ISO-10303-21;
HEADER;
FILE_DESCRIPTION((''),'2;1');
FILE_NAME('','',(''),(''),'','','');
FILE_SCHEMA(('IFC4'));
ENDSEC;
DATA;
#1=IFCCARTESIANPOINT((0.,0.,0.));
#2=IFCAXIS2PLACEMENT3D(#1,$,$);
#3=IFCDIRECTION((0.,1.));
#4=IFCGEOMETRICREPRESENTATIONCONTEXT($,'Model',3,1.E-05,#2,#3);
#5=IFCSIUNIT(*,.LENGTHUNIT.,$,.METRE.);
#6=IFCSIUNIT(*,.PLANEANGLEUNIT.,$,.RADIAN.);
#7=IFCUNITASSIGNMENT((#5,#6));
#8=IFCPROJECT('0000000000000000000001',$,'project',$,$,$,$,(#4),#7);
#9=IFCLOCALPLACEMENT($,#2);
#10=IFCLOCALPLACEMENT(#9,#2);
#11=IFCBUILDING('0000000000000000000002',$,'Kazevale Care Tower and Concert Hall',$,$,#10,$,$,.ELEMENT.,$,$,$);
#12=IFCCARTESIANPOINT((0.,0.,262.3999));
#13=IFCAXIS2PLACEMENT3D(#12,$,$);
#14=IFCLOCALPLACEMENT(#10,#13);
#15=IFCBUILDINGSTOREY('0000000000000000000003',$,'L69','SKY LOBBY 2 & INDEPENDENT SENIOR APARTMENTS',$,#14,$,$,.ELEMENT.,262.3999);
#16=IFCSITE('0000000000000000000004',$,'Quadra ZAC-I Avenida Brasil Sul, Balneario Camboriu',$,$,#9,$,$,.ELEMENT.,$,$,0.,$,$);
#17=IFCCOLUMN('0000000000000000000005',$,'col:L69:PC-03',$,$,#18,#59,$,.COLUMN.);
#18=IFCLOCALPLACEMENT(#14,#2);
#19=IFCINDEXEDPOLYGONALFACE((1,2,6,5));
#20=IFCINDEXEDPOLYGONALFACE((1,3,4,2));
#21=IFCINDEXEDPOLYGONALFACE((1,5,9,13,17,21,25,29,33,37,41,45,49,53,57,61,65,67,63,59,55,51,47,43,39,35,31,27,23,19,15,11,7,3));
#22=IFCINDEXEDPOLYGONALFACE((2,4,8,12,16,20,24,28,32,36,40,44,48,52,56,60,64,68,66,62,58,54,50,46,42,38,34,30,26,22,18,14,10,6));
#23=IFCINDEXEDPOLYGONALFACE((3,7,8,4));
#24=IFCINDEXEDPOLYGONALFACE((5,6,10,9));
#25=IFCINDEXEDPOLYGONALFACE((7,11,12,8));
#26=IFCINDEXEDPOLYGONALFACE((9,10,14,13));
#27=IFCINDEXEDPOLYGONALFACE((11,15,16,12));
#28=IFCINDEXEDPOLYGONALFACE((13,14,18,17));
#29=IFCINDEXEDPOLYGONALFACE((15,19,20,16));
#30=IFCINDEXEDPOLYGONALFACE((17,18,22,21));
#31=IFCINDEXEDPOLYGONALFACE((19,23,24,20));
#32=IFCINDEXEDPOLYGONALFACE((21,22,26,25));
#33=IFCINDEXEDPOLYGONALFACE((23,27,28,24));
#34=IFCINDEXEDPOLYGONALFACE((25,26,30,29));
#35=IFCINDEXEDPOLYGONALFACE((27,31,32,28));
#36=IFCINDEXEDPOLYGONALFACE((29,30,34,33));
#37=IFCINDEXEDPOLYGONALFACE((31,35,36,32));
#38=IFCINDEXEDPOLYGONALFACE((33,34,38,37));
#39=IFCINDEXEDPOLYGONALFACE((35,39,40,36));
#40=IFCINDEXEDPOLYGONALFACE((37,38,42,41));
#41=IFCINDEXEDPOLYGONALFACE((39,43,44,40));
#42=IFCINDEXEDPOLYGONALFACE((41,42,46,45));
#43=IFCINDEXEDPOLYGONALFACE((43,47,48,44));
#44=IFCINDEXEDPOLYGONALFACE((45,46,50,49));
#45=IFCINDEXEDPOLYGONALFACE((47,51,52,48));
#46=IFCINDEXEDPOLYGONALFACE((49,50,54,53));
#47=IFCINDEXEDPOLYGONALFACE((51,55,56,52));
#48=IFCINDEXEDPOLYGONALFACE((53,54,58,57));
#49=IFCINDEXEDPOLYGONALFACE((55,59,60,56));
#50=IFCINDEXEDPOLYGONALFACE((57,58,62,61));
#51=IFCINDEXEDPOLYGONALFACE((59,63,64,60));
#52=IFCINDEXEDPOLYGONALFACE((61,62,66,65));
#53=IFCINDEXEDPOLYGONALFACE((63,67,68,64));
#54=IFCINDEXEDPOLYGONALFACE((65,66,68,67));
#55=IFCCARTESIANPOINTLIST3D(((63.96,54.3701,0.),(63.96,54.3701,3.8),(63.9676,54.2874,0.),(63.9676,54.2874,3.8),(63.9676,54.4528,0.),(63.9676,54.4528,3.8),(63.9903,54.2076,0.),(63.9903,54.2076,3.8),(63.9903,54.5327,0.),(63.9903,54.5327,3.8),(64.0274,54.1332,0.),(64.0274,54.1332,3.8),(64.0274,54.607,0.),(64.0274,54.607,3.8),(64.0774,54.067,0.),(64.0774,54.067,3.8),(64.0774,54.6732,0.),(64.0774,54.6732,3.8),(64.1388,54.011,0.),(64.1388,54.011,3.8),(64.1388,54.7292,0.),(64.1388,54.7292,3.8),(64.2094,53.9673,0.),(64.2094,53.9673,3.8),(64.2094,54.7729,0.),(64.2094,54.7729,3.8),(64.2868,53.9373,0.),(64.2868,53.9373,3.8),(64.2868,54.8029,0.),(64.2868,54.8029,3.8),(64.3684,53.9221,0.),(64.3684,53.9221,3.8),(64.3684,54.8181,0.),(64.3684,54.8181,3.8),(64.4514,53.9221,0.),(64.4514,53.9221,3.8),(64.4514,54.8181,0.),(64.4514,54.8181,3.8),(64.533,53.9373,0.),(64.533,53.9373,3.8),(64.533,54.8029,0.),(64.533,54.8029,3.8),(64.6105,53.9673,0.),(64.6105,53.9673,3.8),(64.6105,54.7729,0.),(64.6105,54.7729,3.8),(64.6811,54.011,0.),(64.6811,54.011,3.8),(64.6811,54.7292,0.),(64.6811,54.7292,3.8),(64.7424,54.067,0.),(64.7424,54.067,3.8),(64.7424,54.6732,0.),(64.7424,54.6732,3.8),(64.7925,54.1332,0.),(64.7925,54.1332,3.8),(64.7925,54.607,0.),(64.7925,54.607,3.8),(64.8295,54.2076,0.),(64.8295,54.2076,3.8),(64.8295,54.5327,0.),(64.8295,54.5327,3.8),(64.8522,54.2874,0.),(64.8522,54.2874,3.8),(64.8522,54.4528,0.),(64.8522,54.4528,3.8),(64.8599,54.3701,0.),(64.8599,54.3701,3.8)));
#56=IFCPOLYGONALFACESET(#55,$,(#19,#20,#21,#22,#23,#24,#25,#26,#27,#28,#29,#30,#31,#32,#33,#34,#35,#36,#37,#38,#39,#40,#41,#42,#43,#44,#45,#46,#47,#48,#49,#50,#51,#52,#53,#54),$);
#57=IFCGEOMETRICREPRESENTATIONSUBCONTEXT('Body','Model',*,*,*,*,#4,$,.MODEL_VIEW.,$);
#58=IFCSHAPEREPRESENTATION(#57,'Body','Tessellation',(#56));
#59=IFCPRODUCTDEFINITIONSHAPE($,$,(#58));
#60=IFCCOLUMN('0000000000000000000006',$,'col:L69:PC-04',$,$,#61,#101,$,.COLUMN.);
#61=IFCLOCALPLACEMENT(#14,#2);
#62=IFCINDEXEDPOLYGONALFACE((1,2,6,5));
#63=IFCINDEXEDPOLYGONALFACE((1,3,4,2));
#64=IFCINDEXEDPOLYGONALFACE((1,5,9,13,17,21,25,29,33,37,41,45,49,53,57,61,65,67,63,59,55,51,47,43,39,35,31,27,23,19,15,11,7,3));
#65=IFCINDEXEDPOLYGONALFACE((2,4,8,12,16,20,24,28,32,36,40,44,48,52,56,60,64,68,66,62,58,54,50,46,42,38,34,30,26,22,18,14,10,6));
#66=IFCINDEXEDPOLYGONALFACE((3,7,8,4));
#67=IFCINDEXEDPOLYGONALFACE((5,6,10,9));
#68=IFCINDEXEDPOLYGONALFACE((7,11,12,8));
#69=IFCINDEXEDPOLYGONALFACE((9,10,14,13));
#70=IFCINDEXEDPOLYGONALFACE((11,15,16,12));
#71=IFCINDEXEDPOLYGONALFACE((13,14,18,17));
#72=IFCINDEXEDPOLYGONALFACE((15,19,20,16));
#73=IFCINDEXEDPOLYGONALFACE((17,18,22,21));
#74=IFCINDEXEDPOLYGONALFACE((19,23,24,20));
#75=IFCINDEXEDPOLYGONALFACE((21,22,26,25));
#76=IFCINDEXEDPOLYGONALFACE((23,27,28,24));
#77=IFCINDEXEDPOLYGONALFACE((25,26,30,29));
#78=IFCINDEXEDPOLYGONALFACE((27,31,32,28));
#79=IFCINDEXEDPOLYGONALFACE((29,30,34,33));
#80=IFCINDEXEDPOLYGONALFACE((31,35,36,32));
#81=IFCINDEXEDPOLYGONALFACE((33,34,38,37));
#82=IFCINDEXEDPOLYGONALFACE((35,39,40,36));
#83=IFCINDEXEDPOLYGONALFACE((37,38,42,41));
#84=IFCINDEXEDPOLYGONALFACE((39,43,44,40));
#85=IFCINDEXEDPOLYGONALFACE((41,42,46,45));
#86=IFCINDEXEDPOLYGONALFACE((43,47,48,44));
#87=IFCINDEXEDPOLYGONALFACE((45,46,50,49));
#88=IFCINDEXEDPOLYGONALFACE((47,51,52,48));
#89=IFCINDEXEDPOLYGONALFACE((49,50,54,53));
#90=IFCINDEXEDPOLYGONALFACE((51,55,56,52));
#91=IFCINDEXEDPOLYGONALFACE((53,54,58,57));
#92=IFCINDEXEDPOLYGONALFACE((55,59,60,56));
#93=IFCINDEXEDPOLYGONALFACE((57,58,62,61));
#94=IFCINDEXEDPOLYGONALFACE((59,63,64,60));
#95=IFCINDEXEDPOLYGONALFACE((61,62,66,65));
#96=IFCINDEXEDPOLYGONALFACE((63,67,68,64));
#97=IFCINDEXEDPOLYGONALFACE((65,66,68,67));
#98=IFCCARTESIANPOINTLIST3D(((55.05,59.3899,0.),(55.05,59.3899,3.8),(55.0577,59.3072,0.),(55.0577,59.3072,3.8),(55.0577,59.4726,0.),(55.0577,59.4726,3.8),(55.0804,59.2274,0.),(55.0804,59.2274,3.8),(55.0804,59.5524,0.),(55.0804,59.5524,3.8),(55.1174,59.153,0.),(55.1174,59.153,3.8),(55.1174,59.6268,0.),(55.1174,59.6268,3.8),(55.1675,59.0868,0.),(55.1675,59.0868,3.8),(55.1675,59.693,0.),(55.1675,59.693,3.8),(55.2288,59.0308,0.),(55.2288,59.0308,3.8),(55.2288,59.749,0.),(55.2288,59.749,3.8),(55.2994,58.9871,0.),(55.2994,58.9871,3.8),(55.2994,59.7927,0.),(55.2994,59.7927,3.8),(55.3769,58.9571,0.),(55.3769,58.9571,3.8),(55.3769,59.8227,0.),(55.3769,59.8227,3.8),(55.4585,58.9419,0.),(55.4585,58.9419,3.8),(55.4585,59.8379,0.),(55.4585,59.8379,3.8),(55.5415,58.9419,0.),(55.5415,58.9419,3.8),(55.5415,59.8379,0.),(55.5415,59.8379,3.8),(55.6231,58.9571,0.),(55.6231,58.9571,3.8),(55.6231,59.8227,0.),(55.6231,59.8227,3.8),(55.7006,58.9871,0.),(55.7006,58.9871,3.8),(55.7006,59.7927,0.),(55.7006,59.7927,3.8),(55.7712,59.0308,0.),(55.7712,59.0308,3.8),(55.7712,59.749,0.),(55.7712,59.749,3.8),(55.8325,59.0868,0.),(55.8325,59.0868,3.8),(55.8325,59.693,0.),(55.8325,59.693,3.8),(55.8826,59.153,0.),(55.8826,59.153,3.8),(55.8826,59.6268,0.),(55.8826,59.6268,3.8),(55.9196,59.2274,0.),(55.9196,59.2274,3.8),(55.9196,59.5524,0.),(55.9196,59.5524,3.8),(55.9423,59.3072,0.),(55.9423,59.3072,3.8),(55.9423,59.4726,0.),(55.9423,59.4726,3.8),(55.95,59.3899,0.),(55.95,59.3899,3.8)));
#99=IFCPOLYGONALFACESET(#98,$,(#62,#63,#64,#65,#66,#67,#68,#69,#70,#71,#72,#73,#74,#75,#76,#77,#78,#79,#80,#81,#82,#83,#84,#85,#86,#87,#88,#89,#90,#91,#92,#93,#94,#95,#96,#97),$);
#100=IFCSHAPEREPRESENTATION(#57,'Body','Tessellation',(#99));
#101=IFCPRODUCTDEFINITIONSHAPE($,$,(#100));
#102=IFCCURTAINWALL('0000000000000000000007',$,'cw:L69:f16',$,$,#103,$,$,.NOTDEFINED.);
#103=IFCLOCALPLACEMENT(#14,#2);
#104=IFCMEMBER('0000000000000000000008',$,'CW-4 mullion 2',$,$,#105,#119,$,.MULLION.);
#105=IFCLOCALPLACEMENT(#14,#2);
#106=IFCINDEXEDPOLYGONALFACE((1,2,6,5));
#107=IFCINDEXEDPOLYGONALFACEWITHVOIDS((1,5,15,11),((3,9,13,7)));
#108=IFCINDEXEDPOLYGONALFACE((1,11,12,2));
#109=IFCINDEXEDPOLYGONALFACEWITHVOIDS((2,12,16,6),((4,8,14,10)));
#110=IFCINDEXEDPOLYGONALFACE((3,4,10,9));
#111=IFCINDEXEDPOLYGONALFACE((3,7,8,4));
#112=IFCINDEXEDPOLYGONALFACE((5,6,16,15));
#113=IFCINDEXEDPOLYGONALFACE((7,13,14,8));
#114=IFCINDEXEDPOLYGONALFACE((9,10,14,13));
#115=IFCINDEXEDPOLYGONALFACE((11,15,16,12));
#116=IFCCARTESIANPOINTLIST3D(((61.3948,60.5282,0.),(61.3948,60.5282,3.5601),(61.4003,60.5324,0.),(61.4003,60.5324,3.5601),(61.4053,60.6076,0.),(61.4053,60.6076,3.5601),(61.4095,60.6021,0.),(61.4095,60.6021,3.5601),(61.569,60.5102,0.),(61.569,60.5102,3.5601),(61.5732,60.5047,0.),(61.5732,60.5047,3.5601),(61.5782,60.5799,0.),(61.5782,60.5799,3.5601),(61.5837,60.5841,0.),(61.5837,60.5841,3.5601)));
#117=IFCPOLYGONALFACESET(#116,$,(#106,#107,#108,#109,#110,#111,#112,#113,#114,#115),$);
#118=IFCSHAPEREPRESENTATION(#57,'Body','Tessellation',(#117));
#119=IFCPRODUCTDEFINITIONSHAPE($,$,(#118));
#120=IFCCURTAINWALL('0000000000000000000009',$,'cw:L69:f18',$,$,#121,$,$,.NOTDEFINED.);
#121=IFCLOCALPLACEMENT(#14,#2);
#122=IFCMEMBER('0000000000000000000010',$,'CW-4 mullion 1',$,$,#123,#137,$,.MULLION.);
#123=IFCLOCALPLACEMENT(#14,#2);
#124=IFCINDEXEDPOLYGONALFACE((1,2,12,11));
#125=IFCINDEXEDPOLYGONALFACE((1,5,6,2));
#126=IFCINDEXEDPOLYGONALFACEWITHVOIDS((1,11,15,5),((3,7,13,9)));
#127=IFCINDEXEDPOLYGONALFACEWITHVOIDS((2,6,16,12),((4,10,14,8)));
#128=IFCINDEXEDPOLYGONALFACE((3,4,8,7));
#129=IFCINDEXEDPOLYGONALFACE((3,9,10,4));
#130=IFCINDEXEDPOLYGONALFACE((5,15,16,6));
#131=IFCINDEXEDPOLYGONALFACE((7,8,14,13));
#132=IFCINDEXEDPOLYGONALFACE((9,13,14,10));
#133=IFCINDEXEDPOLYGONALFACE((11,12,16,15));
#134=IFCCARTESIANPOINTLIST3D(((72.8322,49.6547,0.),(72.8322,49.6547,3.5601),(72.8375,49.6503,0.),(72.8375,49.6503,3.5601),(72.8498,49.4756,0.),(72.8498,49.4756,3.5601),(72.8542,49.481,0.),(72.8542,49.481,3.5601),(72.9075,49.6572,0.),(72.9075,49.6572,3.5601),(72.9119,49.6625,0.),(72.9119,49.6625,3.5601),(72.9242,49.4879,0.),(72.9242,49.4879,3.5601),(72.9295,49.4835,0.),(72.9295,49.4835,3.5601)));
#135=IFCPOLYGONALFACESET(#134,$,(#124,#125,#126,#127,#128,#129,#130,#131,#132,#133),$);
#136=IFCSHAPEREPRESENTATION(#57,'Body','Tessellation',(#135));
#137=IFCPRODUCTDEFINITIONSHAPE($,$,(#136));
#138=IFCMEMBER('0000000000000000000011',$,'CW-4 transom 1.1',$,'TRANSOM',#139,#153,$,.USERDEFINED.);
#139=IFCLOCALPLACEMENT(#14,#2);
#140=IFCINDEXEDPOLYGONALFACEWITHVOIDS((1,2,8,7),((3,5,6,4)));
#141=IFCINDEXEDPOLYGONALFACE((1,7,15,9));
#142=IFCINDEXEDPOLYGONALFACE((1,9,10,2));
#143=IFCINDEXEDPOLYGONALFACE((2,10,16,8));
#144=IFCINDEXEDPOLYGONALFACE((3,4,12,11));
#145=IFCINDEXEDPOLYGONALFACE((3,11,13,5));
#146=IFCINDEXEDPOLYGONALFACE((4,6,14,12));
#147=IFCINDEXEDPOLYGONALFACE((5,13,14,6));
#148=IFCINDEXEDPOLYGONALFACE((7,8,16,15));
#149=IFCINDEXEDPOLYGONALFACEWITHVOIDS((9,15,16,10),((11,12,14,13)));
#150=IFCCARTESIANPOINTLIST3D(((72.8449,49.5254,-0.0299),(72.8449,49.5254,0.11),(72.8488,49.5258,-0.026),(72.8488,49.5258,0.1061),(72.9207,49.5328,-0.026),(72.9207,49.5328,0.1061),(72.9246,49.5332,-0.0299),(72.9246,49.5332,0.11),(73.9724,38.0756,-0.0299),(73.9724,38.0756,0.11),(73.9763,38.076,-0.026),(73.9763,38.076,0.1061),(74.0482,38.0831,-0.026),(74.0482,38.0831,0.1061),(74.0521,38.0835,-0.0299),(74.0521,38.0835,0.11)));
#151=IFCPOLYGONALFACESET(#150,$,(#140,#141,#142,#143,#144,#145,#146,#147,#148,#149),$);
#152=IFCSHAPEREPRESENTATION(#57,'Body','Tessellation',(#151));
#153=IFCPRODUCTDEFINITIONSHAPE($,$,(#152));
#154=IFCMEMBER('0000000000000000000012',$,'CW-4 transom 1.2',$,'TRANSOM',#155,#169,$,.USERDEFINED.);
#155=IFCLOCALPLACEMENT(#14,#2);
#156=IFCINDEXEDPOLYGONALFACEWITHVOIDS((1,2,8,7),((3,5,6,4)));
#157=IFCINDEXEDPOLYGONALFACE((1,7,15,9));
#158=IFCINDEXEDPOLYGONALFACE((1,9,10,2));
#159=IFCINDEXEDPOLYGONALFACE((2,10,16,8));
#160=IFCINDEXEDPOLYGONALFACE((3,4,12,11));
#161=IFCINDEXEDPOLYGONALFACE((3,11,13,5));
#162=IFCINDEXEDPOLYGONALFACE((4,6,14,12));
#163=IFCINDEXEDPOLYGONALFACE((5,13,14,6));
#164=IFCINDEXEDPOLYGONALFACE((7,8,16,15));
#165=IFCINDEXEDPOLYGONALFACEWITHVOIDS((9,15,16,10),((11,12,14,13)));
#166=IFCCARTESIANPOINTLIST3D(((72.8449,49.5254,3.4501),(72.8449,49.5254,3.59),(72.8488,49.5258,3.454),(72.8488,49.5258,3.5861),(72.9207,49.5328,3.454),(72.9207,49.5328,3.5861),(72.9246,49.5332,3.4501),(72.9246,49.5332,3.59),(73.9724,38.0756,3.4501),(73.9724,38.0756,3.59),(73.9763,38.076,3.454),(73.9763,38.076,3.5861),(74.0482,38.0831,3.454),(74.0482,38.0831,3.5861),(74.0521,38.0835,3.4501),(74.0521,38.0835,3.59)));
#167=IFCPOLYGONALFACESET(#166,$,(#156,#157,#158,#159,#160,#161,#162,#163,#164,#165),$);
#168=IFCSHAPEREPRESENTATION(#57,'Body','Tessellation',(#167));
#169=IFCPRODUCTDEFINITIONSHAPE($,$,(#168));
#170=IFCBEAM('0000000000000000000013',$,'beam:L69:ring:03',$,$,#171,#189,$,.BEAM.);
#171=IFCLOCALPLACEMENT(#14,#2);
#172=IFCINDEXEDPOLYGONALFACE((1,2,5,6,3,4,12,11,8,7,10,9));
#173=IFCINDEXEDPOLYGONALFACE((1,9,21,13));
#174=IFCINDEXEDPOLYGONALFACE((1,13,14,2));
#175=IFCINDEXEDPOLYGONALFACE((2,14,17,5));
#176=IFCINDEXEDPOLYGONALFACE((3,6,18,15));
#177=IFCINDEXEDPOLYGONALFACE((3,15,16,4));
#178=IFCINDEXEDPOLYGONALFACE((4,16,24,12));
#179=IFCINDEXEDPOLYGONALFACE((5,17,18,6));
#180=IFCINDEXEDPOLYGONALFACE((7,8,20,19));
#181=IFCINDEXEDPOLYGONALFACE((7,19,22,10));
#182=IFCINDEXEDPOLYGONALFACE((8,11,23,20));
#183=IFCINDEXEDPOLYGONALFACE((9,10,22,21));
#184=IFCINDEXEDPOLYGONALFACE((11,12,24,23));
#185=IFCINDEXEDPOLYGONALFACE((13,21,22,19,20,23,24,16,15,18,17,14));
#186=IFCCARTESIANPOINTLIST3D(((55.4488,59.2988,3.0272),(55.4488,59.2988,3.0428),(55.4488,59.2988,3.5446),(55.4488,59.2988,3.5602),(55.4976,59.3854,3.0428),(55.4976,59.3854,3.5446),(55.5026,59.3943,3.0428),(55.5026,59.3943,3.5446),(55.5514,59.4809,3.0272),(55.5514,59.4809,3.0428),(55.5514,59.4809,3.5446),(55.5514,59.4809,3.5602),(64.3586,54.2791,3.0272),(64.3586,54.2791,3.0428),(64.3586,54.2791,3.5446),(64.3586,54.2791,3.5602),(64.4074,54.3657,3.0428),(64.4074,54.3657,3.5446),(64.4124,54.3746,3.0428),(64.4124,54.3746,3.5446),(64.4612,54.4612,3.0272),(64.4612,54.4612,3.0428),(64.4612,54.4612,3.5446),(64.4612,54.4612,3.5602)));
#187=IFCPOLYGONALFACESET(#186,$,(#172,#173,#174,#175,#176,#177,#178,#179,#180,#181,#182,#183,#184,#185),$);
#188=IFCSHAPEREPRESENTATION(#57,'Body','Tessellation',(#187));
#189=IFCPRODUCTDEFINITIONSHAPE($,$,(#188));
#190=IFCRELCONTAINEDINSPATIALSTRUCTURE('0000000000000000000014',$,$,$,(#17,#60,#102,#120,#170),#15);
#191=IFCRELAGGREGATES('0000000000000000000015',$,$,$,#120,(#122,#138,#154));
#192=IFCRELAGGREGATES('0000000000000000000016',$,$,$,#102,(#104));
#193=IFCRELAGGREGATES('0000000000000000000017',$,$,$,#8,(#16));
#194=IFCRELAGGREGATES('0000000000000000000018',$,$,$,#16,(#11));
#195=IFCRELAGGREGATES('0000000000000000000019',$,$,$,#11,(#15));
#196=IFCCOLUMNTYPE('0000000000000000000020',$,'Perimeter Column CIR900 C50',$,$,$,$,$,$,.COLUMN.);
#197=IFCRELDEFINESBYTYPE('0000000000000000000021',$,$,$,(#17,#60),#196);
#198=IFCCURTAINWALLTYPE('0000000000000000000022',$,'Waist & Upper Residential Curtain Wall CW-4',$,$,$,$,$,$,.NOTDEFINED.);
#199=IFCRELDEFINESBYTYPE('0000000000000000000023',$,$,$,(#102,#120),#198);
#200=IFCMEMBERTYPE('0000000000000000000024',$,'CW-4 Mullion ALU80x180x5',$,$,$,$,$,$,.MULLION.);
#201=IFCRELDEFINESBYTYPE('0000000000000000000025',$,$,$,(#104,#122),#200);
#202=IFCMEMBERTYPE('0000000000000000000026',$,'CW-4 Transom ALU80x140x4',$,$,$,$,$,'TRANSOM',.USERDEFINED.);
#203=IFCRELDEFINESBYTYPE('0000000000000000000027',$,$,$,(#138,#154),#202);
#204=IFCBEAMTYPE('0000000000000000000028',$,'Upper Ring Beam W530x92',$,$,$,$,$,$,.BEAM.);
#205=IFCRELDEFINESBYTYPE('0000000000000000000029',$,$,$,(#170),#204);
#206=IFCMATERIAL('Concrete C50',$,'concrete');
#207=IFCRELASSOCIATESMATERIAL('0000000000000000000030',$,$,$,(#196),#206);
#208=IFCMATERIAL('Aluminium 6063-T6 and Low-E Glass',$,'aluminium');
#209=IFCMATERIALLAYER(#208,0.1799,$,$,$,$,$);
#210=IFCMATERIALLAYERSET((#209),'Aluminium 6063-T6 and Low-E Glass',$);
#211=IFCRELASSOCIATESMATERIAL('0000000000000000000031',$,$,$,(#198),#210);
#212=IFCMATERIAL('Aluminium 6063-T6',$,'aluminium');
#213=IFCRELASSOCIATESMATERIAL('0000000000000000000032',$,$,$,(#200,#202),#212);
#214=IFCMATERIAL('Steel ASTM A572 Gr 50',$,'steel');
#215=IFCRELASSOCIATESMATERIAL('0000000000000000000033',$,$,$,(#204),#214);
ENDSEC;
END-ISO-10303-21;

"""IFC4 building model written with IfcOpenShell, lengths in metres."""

from ifc_helpers import new_model, si_unit, direction, frame, origin, origin_2d, place, context, subcontext, project, spatial, hollow_rectangle, circle, i_section, extrude, material, layer, layer_set, material_profile, profile_set, type_object, element, aggregate, save


model = new_model("IFC4")

# Units and contexts
model_context = context("Model", 3, precision=1e-05, world=origin(), true_north=direction((0.0, 1.0)))
body_context = subcontext(model_context, "Body", "Model", "MODEL_VIEW")
ifc_project = project(units=[si_unit("LENGTHUNIT", "METRE"), si_unit("PLANEANGLEUNIT", "RADIAN")], contexts=[model_context])

# Site, building, storey
site_placement = place(None, origin())
site = spatial("IfcSite", under=ifc_project, at=site_placement, Name="Quadra ZAC-I Avenida Brasil Sul, Balneario Camboriu", CompositionType="ELEMENT", RefElevation=0.0)
building_placement = place(site_placement, origin())
building = spatial("IfcBuilding", under=site, at=building_placement, Name="Kazevale Care Tower and Concert Hall", CompositionType="ELEMENT")
storey_placement = place(building_placement, frame((0.0, 0.0, 262.3999)))
storey = spatial("IfcBuildingStorey", under=building, at=storey_placement, Name="L69", Description="SKY LOBBY 2 & INDEPENDENT SENIOR APARTMENTS", CompositionType="ELEMENT", Elevation=262.3999)

# Columns
ifc_material_1 = material(Name="Concrete C50", Category="concrete")
ifc_material_profile_1 = material_profile(ifc_material_1, circle(Radius=0.45, at=origin_2d()), Name="RC-CIR900")
ifc_profile_set_1 = profile_set([ifc_material_profile_1], Name="Concrete C50")
column_type = type_object("IfcColumnType", Name="Perimeter Column CIR900 C50", PredefinedType="COLUMN", material=ifc_profile_set_1)
for number, where, z_axis, x_axis, name in (
    (1, (64.4099, 54.3701, 0.0), (0.0, 0.0, 1.0), (1.0, 0.0, 0.0), "col:L69:PC-03"),
    (2, (55.5, 59.3899, 0.0), (0.0, 0.0, 1.0), (1.0, 0.0, 0.0), "col:L69:PC-04"),
):
    element("IfcColumn", number, at=place(storey_placement, frame(where, z_axis=z_axis, x_axis=x_axis)), inside=storey, type_object=column_type, Name=name, PredefinedType="COLUMN", context=body_context, shape_type="SweptSolid", body=[
        extrude(circle(Radius=0.45, at=origin_2d()), origin(), (0.0, 0.0, 1.0), 3.8),
    ])

# Curtain wall, member
ifc_material_2 = material(Name="Aluminium 6063-T6 and Low-E Glass", Category="aluminium")
ifc_layer_1 = layer(ifc_material_2, 0.1799)
ifc_layer_set_1 = layer_set([ifc_layer_1], Name="Aluminium 6063-T6 and Low-E Glass")
curtain_wall_type = type_object("IfcCurtainWallType", Name="Waist & Upper Residential Curtain Wall CW-4", PredefinedType="NOTDEFINED", material=ifc_layer_set_1)
curtain_wall_1_placement = place(storey_placement, origin())
curtain_wall_1 = element("IfcCurtainWall", 3, at=curtain_wall_1_placement, inside=storey, type_object=curtain_wall_type, Name="cw:L69:f16", PredefinedType="NOTDEFINED")
ifc_material_3 = material(Name="Aluminium 6063-T6", Category="aluminium")
ifc_material_profile_2 = material_profile(ifc_material_3, hollow_rectangle(XDim=0.0801, YDim=0.1799, WallThickness=0.0049, at=origin_2d()), Name="ALU80x180x5")
ifc_profile_set_2 = profile_set([ifc_material_profile_2], Name="Aluminium 6063-T6")
member_type_1 = type_object("IfcMemberType", Name="CW-4 Mullion ALU80x180x5", PredefinedType="MULLION", material=ifc_profile_set_2)
member_1_placement = place(storey_placement, frame((61.4893, 60.5562, 0.0), z_axis=(0.0, 0.0, 1.0), x_axis=(0.130591, 0.991436, 0.0)))
member_1 = element("IfcMember", 4, at=member_1_placement, type_object=member_type_1, Name="CW-4 mullion 2", PredefinedType="MULLION", context=body_context, shape_type="SweptSolid", body=[
    extrude(hollow_rectangle(XDim=0.0801, YDim=0.1799, WallThickness=0.0049, at=origin_2d()), origin(), (0.0, 0.0, 1.0), 3.5601),
])

# Curtain wall, members
curtain_wall_2_placement = place(storey_placement, origin())
curtain_wall_2 = element("IfcCurtainWall", 5, at=curtain_wall_2_placement, inside=storey, type_object=curtain_wall_type, Name="cw:L69:f18", PredefinedType="NOTDEFINED")
member_2_placement = place(storey_placement, frame((72.8809, 49.5691, 0.0), z_axis=(0.0, 0.0, 1.0), x_axis=(0.995188, 0.097984, 0.0)))
member_2 = element("IfcMember", 6, at=member_2_placement, type_object=member_type_1, Name="CW-4 mullion 1", PredefinedType="MULLION", context=body_context, shape_type="SweptSolid", body=[
    extrude(hollow_rectangle(XDim=0.0801, YDim=0.1799, WallThickness=0.0049, at=origin_2d()), origin(), (0.0, 0.0, 1.0), 3.5601),
])
ifc_material_profile_3 = material_profile(ifc_material_3, hollow_rectangle(XDim=0.0801, YDim=0.1399, WallThickness=0.0039, at=origin_2d()), Name="ALU80x140x4")
ifc_profile_set_3 = profile_set([ifc_material_profile_3], Name="Aluminium 6063-T6")
member_type_2 = type_object("IfcMemberType", Name="CW-4 Transom ALU80x140x4", ElementType="TRANSOM", PredefinedType="USERDEFINED", material=ifc_profile_set_3)
member_3_placement = place(storey_placement, frame((72.8848, 49.5293, 0.04), z_axis=(0.097995, -0.995187, 0.0), x_axis=(0.995187, 0.097995, 0.0)))
member_3 = element("IfcMember", 7, at=member_3_placement, type_object=member_type_2, Name="CW-4 transom 1.1", ObjectType="TRANSOM", PredefinedType="USERDEFINED", context=body_context, shape_type="SweptSolid", body=[
    extrude(hollow_rectangle(XDim=0.0801, YDim=0.1399, WallThickness=0.0039, at=origin_2d()), origin(), (0.0, 0.0, 1.0), 11.5051),
])
member_4_placement = place(storey_placement, frame((72.8848, 49.5293, 3.52), z_axis=(0.097995, -0.995187, 0.0), x_axis=(0.995187, 0.097995, 0.0)))
member_4 = element("IfcMember", 8, at=member_4_placement, type_object=member_type_2, Name="CW-4 transom 1.2", ObjectType="TRANSOM", PredefinedType="USERDEFINED", context=body_context, shape_type="SweptSolid", body=[
    extrude(hollow_rectangle(XDim=0.0801, YDim=0.1399, WallThickness=0.0039, at=origin_2d()), origin(), (0.0, 0.0, 1.0), 11.5051),
])
aggregate(curtain_wall_2, [member_2, member_3, member_4])

# Beam
ifc_material_4 = material(Name="Steel ASTM A572 Gr 50", Category="steel")
ifc_material_profile_4 = material_profile(ifc_material_4, i_section(OverallWidth=0.209, OverallDepth=0.533, WebThickness=0.0103, FlangeThickness=0.0156, at=origin_2d()), Name="W530x92")
ifc_profile_set_4 = profile_set([ifc_material_profile_4], Name="Steel ASTM A572 Gr 50")
beam_type = type_object("IfcBeamType", Name="Upper Ring Beam W530x92", PredefinedType="BEAM", material=ifc_profile_set_4)
beam_1_placement = place(storey_placement, frame((64.4099, 54.3701, 3.2937), z_axis=(-0.871243, 0.490852, 0.0), x_axis=(-0.490852, -0.871243, 0.0)))
element("IfcBeam", 9, at=beam_1_placement, inside=storey, type_object=beam_type, Name="beam:L69:ring:03", PredefinedType="BEAM", context=body_context, shape_type="SweptSolid", body=[
    extrude(i_section(OverallWidth=0.209, OverallDepth=0.533, WebThickness=0.0103, FlangeThickness=0.0156, at=origin_2d()), origin(), (0.0, 0.0, 1.0), 10.2266),
])

aggregate(curtain_wall_1, [member_1])

save(model, "model.ifc")
